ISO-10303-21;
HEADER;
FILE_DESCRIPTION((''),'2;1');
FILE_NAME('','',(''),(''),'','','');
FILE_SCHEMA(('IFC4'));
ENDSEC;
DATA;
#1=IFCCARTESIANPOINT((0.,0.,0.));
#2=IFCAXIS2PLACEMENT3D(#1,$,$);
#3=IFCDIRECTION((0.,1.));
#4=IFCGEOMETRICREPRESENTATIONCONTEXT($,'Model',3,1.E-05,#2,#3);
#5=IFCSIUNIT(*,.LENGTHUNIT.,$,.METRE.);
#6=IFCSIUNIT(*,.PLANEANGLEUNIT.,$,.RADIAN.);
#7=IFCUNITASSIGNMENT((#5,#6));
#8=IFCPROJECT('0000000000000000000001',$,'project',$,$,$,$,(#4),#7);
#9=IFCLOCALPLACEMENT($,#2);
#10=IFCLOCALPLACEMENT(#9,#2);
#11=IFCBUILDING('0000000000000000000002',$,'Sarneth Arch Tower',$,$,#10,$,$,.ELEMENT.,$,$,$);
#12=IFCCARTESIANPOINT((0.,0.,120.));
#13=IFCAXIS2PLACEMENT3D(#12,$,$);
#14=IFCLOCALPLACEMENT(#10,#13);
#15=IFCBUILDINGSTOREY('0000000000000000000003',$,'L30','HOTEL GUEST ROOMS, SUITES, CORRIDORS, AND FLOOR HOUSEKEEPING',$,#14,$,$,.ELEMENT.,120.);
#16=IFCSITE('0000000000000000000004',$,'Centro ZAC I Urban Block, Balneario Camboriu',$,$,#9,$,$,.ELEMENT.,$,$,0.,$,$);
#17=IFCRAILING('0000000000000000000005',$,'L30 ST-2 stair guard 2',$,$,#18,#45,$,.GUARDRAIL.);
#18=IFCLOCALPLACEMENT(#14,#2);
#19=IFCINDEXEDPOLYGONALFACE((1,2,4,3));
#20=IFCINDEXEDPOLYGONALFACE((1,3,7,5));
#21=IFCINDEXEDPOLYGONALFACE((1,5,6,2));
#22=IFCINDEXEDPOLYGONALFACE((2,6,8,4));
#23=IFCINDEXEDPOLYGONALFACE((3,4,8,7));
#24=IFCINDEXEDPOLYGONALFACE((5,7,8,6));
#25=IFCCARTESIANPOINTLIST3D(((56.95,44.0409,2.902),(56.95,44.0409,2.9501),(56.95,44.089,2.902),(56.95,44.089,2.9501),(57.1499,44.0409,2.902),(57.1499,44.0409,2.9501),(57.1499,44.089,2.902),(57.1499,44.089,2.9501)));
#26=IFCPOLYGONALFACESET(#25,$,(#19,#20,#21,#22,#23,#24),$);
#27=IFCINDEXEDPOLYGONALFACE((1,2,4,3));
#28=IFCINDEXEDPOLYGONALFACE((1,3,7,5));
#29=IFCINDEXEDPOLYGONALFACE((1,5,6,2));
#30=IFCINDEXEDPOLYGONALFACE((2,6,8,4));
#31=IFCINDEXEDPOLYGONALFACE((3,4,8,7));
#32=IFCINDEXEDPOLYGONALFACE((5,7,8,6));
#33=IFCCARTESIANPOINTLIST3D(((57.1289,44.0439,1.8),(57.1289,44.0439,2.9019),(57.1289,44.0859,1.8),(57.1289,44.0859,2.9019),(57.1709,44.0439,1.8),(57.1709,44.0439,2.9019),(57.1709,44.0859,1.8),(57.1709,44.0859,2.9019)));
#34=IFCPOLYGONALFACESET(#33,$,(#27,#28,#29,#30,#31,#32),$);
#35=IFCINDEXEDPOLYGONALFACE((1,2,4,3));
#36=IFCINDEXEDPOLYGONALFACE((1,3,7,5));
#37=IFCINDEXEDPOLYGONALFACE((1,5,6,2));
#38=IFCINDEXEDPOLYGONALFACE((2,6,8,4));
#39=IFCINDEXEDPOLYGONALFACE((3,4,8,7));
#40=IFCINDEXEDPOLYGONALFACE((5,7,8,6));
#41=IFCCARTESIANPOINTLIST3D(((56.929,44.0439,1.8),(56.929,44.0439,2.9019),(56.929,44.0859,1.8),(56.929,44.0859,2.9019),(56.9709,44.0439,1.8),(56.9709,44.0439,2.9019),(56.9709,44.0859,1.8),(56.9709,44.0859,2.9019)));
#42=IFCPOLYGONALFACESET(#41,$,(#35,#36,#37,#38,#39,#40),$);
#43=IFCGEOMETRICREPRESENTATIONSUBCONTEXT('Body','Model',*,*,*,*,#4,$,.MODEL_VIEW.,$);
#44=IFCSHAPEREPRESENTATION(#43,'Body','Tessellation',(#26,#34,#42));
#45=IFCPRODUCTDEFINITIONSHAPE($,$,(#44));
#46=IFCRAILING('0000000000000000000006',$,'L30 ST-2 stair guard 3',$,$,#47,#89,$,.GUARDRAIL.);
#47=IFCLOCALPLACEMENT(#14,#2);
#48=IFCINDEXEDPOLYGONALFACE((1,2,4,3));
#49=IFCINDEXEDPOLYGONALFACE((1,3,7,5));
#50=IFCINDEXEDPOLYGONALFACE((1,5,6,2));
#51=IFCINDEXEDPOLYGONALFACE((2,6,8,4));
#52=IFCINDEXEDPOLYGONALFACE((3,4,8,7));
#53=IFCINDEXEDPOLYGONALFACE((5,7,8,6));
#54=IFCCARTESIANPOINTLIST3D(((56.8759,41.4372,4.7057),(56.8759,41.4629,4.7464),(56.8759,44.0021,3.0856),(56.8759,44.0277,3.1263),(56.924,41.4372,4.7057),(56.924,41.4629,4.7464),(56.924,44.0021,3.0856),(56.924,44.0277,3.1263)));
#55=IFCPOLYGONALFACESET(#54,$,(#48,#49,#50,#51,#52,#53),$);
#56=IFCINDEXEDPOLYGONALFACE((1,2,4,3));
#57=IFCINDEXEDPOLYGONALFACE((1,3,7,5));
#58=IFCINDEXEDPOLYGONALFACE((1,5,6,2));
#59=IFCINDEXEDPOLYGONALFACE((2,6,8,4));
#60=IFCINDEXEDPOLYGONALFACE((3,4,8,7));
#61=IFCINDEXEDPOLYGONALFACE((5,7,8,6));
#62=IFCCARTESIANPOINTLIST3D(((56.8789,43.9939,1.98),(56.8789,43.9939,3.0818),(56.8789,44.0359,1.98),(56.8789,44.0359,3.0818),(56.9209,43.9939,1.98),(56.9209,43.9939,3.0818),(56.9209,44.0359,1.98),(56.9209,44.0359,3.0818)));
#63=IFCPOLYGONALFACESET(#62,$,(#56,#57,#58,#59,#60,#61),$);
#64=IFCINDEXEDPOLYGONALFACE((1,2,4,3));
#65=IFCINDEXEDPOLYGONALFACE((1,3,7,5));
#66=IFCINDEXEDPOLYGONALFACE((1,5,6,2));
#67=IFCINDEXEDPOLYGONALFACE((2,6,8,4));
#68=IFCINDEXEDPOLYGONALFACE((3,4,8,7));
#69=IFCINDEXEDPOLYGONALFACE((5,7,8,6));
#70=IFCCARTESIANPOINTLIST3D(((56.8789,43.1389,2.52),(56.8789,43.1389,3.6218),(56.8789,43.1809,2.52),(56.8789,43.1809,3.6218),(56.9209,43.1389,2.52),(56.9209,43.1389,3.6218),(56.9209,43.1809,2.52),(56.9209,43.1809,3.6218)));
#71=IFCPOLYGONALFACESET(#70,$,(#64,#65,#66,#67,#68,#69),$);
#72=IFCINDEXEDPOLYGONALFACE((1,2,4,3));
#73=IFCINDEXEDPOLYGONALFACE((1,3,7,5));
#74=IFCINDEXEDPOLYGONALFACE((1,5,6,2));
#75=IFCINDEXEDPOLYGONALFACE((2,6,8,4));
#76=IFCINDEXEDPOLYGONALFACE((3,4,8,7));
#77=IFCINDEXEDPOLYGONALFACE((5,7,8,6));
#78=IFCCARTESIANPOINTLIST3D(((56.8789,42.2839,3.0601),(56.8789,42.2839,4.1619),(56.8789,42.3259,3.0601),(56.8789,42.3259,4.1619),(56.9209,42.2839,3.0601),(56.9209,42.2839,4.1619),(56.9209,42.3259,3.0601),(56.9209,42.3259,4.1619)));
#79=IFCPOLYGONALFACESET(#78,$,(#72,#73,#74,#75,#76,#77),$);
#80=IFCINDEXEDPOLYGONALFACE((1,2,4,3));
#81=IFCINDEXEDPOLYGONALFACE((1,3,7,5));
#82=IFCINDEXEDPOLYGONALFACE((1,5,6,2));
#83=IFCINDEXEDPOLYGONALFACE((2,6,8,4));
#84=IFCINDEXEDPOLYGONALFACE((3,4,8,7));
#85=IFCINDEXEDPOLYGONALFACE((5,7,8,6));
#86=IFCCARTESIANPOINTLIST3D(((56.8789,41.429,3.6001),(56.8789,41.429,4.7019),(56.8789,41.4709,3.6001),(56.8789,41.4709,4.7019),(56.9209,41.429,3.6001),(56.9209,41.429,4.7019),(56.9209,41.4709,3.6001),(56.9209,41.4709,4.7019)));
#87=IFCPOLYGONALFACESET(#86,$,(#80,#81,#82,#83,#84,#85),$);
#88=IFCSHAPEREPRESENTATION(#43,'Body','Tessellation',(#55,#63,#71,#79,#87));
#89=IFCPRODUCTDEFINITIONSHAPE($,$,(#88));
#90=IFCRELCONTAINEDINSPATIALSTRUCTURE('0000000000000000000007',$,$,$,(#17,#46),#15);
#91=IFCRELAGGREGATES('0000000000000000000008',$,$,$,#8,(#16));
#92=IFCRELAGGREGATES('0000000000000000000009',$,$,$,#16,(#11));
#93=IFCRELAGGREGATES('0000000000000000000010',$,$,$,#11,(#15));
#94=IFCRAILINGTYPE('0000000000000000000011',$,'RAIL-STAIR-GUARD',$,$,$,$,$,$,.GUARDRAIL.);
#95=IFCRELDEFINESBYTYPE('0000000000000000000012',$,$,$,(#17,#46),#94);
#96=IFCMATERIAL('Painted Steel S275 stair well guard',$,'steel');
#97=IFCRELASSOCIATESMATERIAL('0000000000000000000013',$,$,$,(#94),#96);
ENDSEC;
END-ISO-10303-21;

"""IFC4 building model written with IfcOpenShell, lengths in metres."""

from ifc_helpers import new_model, si_unit, direction, frame, origin, origin_2d, place, context, subcontext, project, spatial, rectangle, extrude, material, type_object, element, save


model = new_model("IFC4")

# Units and contexts
model_context = context("Model", 3, precision=1e-05, world=origin(), true_north=direction((0.0, 1.0)))
body_context = subcontext(model_context, "Body", "Model", "MODEL_VIEW")
ifc_project = project(units=[si_unit("LENGTHUNIT", "METRE"), si_unit("PLANEANGLEUNIT", "RADIAN")], contexts=[model_context])

# Site, building, storey
site_placement = place(None, origin())
site = spatial("IfcSite", under=ifc_project, at=site_placement, Name="Centro ZAC I Urban Block, Balneario Camboriu", CompositionType="ELEMENT", RefElevation=0.0)
building_placement = place(site_placement, origin())
building = spatial("IfcBuilding", under=site, at=building_placement, Name="Sarneth Arch Tower", CompositionType="ELEMENT")
storey_placement = place(building_placement, frame((0.0, 0.0, 120.0)))
storey = spatial("IfcBuildingStorey", under=building, at=storey_placement, Name="L30", Description="HOTEL GUEST ROOMS, SUITES, CORRIDORS, AND FLOOR HOUSEKEEPING", CompositionType="ELEMENT", Elevation=120.0)

# Railings
ifc_material_1 = material(Name="Painted Steel S275 stair well guard", Category="steel")
railing_type_1 = type_object("IfcRailingType", Name="RAIL-STAIR-GUARD", PredefinedType="GUARDRAIL", material=ifc_material_1)
railing_1_placement = place(storey_placement, frame((57.1499, 44.0649, 1.8)))
element("IfcRailing", 1, at=railing_1_placement, inside=storey, type_object=railing_type_1, Name="L30 ST-2 stair guard 2", PredefinedType="GUARDRAIL", context=body_context, shape_type="SweptSolid", body=[
    extrude(rectangle(XDim=0.0481, YDim=0.0481, at=origin_2d()), frame((0.0, 0.0, 1.126), z_axis=(-1.0, 0.0, 0.0), x_axis=(0.0, -1.0, 0.0)), (0.0, 0.0, 1.0), 0.2),
    extrude(rectangle(XDim=0.042, YDim=0.042, at=origin_2d()), origin(), (0.0, 0.0, 1.0), 1.1018),
    extrude(rectangle(XDim=0.042, YDim=0.042, at=origin_2d()), frame((-0.2, 0.0, 0.0)), (0.0, 0.0, 1.0), 1.1018),
])
railing_2_placement = place(storey_placement, frame((56.8999, 44.0149, 1.98)))
element("IfcRailing", 2, at=railing_2_placement, inside=storey, type_object=railing_type_1, Name="L30 ST-2 stair guard 3", PredefinedType="GUARDRAIL", context=body_context, shape_type="SweptSolid", body=[
    extrude(rectangle(XDim=0.0481, YDim=0.0481, at=origin_2d()), frame((0.0, 0.0, 1.126), z_axis=(0.0, -0.845466, 0.534029), x_axis=(1.0, 0.0, 0.0)), (0.0, 0.0, 1.0), 3.0337),
    extrude(rectangle(XDim=0.042, YDim=0.042, at=origin_2d()), origin(), (0.0, 0.0, 1.0), 1.1018),
    extrude(rectangle(XDim=0.042, YDim=0.042, at=origin_2d()), frame((0.0, -0.855, 0.54)), (0.0, 0.0, 1.0), 1.1018),
    extrude(rectangle(XDim=0.042, YDim=0.042, at=origin_2d()), frame((0.0, -1.71, 1.0801)), (0.0, 0.0, 1.0), 1.1018),
    extrude(rectangle(XDim=0.042, YDim=0.042, at=origin_2d()), frame((0.0, -2.5649, 1.6201)), (0.0, 0.0, 1.0), 1.1018),
])

save(model, "model.ifc")
